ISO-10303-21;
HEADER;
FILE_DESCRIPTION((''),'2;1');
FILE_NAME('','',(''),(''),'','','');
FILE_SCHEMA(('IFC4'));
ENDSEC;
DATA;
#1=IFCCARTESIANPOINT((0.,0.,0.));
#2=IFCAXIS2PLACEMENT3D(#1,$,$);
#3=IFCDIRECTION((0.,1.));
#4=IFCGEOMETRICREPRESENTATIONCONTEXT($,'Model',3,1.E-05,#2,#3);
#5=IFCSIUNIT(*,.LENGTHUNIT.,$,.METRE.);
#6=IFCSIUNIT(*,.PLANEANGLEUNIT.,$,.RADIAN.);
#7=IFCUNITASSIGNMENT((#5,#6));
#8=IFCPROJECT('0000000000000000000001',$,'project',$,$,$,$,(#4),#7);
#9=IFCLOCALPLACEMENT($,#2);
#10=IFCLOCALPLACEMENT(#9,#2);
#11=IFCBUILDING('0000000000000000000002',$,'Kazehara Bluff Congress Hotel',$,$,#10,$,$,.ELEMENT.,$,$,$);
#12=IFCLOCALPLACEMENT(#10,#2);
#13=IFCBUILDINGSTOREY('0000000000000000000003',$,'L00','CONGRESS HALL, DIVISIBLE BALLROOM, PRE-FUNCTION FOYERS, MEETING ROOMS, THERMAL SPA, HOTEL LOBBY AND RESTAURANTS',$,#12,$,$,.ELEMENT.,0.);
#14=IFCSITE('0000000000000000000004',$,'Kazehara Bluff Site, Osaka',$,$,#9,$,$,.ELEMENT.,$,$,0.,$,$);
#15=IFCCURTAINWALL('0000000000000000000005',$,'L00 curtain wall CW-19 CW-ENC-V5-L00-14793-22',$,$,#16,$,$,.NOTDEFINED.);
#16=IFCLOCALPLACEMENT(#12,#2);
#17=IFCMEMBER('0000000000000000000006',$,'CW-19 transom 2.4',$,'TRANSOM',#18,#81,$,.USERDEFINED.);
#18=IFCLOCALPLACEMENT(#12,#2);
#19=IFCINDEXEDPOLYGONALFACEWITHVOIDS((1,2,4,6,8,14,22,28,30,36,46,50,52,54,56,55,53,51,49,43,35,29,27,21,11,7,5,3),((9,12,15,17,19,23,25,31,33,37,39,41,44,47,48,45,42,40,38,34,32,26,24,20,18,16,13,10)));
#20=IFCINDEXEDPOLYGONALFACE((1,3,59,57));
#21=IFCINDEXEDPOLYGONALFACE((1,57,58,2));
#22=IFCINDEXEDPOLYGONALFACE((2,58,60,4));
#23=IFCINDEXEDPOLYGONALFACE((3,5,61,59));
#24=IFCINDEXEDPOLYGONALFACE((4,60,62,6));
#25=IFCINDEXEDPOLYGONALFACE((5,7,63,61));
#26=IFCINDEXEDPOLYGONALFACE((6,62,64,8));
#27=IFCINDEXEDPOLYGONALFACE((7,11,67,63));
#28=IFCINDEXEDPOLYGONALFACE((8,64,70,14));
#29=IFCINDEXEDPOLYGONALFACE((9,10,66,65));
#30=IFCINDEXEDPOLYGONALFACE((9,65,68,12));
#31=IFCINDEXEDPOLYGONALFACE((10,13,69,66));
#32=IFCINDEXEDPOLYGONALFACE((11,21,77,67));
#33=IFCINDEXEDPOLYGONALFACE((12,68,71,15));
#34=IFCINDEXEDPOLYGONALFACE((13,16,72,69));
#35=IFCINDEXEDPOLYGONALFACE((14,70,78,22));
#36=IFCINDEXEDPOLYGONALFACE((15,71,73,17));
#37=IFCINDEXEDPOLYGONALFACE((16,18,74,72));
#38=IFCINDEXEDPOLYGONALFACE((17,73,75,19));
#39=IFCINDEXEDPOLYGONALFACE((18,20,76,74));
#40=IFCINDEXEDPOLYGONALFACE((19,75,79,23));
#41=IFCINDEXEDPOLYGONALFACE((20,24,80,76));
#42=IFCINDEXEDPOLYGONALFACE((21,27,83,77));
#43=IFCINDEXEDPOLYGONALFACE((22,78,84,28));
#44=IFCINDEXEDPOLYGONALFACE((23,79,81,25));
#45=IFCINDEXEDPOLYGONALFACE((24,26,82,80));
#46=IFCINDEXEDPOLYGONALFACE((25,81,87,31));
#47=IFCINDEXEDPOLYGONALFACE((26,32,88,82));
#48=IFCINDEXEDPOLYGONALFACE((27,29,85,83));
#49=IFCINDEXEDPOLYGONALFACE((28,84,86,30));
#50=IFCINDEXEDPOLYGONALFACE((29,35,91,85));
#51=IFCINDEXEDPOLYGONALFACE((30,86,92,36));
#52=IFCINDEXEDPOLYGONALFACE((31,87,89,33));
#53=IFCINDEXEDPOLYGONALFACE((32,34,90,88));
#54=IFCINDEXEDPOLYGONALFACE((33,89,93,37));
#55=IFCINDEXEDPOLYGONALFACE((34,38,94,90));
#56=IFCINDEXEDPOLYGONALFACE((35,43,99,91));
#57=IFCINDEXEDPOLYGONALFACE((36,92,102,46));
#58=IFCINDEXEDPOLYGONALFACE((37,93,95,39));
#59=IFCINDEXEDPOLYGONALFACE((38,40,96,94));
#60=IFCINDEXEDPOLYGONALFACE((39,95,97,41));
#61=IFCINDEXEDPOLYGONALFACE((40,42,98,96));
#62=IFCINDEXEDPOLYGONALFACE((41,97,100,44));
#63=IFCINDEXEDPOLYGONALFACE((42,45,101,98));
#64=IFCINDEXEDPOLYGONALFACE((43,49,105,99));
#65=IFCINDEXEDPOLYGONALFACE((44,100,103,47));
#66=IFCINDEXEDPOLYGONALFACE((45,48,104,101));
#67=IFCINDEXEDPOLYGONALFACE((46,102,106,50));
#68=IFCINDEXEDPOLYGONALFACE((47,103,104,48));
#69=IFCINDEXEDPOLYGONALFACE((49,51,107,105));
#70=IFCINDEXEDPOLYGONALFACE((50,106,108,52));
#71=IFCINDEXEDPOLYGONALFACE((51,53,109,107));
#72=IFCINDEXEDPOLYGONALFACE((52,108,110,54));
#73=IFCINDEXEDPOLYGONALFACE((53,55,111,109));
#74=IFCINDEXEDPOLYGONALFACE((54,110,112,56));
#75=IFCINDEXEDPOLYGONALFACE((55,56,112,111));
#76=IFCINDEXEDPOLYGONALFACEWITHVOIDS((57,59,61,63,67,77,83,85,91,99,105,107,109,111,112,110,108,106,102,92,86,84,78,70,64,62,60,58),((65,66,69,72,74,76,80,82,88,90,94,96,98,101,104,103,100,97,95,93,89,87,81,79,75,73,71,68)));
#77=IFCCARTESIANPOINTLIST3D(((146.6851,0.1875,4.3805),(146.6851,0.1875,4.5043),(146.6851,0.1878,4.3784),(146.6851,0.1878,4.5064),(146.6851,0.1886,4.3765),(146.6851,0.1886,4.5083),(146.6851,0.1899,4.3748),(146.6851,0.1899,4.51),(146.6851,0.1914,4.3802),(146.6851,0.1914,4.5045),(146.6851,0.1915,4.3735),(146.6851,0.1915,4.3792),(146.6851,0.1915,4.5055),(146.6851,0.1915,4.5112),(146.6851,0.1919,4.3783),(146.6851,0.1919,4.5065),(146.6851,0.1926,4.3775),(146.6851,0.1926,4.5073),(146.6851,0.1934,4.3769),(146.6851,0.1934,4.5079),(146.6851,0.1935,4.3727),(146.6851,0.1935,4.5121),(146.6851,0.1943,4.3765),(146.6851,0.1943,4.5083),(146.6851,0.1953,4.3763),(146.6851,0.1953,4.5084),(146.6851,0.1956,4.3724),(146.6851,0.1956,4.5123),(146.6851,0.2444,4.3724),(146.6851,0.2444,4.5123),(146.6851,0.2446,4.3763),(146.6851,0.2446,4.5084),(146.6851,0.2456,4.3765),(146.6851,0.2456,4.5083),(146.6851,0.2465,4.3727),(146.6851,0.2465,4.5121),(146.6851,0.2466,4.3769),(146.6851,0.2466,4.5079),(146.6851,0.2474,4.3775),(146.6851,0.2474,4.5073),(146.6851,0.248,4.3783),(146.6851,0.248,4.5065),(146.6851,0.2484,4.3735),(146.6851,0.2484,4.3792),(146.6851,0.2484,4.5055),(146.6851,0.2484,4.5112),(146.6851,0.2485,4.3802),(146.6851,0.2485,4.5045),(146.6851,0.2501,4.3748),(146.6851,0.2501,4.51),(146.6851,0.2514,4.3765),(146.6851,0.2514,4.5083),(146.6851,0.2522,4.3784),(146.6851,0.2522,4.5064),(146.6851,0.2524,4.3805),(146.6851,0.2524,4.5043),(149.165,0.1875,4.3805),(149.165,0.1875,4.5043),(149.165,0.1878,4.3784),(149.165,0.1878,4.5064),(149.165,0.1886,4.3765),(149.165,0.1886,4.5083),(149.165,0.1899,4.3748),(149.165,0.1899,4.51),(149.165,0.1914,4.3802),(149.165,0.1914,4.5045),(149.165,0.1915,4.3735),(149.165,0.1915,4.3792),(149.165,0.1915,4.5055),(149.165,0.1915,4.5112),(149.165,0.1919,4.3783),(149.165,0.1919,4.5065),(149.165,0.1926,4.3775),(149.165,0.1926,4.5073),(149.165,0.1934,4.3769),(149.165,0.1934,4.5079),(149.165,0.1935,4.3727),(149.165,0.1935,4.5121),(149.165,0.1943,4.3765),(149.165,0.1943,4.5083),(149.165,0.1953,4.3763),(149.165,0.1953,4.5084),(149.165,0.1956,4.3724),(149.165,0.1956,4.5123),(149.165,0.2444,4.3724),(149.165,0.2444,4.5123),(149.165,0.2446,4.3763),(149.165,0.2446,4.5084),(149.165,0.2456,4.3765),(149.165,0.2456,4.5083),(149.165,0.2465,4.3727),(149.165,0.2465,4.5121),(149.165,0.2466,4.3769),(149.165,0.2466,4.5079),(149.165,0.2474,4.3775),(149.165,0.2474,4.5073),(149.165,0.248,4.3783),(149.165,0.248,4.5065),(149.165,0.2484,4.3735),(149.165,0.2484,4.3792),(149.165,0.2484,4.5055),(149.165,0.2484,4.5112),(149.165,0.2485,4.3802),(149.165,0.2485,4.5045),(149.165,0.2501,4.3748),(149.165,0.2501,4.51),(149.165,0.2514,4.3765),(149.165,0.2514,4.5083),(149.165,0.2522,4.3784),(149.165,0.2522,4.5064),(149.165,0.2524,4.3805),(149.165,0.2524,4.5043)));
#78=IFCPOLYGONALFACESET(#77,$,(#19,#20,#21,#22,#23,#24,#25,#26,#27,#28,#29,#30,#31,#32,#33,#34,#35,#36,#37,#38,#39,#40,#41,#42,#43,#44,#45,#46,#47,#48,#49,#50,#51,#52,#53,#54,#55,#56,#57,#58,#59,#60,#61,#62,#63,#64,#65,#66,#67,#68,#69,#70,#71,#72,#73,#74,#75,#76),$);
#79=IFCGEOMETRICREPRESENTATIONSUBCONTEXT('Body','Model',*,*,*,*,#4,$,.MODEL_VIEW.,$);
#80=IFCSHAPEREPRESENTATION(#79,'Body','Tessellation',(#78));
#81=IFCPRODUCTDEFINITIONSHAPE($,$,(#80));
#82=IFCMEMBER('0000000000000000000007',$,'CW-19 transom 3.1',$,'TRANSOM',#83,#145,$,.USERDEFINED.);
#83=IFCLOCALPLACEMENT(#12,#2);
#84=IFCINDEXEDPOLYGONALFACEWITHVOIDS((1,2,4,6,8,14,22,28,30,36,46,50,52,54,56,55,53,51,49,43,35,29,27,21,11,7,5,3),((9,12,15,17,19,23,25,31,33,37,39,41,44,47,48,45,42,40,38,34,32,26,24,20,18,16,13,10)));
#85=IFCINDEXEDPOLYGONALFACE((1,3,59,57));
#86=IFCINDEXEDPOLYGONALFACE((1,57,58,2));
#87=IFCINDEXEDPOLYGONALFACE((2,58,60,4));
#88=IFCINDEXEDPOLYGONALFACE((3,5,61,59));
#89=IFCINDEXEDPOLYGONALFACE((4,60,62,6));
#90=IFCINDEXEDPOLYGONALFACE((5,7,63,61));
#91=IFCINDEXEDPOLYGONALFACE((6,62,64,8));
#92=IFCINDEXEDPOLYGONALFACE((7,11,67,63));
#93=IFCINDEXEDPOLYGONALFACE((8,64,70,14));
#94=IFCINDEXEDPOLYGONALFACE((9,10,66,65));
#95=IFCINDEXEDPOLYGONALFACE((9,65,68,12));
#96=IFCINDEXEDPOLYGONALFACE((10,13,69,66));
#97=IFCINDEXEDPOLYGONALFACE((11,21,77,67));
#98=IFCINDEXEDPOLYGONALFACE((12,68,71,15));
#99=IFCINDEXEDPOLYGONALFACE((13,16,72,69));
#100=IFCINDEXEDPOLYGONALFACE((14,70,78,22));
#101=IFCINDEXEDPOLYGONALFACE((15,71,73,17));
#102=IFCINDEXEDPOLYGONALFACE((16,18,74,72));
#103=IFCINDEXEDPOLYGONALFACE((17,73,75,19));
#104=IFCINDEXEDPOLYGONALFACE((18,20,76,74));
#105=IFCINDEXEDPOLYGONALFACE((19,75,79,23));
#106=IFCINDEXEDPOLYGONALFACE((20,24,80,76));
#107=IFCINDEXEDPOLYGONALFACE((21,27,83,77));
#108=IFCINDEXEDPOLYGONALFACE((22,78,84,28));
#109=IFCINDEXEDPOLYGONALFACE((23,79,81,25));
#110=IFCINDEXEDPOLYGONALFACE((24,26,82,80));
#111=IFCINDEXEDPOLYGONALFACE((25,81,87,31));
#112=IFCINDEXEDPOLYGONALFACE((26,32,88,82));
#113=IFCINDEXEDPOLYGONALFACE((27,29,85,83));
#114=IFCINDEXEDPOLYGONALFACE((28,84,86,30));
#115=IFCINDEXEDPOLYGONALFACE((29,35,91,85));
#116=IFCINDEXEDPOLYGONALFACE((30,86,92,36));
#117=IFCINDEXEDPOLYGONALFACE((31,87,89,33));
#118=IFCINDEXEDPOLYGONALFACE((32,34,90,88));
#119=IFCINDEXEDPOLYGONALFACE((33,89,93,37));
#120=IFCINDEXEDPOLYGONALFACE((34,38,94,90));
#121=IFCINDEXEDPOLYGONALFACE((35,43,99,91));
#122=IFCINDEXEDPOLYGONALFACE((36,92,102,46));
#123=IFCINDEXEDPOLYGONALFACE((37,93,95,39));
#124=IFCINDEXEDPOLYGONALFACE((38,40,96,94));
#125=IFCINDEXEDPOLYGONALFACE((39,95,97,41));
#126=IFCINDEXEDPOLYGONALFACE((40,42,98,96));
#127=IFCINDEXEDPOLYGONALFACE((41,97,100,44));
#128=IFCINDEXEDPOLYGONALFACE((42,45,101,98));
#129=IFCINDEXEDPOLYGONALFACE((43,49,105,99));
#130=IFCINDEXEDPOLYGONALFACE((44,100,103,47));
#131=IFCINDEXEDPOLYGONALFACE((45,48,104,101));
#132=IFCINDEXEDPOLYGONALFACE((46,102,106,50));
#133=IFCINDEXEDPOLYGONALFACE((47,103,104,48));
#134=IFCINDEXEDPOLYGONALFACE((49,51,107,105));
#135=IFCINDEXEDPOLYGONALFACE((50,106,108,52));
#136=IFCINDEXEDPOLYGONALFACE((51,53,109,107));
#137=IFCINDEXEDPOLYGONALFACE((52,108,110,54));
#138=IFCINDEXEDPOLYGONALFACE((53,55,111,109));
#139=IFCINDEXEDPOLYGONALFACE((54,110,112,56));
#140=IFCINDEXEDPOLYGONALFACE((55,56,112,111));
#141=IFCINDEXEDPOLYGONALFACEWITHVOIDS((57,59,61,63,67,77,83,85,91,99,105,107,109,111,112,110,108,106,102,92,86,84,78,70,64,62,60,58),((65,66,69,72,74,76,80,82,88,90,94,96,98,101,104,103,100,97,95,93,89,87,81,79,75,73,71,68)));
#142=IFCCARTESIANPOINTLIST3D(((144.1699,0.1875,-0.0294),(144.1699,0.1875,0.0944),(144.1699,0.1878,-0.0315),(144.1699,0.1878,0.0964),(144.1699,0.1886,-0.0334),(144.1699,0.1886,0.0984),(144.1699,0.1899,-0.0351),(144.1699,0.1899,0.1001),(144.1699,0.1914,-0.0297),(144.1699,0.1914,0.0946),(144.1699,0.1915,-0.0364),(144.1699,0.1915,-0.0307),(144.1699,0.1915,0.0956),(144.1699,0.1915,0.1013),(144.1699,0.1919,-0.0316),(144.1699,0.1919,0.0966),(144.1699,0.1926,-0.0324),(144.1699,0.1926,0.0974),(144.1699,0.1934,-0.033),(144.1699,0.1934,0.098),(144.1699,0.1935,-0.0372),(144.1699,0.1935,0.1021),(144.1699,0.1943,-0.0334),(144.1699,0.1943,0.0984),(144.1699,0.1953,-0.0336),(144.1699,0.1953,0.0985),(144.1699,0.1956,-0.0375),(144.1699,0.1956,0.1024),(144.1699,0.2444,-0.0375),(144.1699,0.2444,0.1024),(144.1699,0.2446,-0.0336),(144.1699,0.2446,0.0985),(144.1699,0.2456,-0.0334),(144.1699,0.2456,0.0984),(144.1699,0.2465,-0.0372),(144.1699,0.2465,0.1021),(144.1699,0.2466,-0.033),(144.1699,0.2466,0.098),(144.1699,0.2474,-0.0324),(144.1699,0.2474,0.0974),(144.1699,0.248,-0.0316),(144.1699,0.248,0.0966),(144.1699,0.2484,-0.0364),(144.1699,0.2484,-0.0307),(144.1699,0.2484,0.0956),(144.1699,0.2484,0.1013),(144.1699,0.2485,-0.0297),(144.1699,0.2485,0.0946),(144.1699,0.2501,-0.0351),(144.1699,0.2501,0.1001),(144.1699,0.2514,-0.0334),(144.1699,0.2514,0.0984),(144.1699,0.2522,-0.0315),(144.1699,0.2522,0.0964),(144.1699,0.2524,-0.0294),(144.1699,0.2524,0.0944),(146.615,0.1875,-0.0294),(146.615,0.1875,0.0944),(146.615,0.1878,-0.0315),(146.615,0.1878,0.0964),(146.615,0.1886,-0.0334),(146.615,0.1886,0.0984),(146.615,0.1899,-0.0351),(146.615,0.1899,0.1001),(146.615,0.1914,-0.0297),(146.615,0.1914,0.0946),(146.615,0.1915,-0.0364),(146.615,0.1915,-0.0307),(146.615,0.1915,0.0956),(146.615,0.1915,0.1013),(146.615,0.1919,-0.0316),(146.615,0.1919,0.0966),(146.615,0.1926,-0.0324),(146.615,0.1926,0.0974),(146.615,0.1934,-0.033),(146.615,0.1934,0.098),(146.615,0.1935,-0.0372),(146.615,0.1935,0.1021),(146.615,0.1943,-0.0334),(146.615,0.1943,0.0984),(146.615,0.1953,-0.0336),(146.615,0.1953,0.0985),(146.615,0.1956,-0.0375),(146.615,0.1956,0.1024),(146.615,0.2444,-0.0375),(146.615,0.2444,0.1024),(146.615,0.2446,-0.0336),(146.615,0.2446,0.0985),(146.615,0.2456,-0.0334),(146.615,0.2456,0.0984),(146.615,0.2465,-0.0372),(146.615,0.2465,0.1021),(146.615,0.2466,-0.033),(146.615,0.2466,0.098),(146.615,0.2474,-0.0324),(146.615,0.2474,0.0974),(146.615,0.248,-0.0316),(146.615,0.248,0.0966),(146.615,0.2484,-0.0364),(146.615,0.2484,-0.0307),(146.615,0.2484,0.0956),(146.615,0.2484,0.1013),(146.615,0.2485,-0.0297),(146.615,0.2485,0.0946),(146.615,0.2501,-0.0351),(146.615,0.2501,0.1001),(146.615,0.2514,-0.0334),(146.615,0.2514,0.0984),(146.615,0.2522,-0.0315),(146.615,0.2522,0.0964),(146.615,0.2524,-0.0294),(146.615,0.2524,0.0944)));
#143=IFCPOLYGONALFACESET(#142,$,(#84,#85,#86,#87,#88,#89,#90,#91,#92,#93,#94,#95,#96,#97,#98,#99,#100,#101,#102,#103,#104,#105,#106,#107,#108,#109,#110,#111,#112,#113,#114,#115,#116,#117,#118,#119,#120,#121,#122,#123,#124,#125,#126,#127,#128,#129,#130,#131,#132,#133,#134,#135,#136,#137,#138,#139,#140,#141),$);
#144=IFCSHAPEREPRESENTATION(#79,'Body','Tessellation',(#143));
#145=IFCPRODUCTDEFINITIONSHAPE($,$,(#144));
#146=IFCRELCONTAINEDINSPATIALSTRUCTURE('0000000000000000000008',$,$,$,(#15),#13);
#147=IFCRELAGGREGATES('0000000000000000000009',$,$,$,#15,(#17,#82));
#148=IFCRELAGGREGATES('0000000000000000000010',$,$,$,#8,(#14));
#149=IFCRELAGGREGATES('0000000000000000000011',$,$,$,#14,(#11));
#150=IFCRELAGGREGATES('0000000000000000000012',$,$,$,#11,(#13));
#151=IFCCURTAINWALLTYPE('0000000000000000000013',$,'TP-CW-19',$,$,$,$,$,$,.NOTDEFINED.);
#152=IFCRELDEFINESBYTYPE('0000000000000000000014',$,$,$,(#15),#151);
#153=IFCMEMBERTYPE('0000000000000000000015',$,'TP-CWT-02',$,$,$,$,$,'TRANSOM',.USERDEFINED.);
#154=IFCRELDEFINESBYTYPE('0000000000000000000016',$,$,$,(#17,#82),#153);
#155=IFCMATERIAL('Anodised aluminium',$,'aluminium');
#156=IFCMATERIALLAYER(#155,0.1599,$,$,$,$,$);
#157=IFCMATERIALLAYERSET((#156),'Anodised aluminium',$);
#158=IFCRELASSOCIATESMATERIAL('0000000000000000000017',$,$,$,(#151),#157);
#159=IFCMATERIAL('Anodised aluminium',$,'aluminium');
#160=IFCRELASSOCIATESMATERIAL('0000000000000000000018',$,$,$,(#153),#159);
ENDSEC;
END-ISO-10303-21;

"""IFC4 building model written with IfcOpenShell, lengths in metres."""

from ifc_helpers import new_model, si_unit, direction, frame, origin, origin_2d, place, context, subcontext, project, spatial, hollow_rectangle, extrude, material, layer, layer_set, material_profile, profile_set, type_object, element, aggregate, save


model = new_model("IFC4")

# Units and contexts
model_context = context("Model", 3, precision=1e-05, world=origin(), true_north=direction((0.0, 1.0)))
body_context = subcontext(model_context, "Body", "Model", "MODEL_VIEW")
ifc_project = project(units=[si_unit("LENGTHUNIT", "METRE"), si_unit("PLANEANGLEUNIT", "RADIAN")], contexts=[model_context])

# Site, building, storey
site_placement = place(None, origin())
site = spatial("IfcSite", under=ifc_project, at=site_placement, Name="Kazehara Bluff Site, Osaka", CompositionType="ELEMENT", RefElevation=0.0)
building_placement = place(site_placement, origin())
building = spatial("IfcBuilding", under=site, at=building_placement, Name="Kazehara Bluff Congress Hotel", CompositionType="ELEMENT")
storey_placement = place(building_placement, origin())
storey = spatial("IfcBuildingStorey", under=building, at=storey_placement, Name="L00", Description="CONGRESS HALL, DIVISIBLE BALLROOM, PRE-FUNCTION FOYERS, MEETING ROOMS, THERMAL SPA, HOTEL LOBBY AND RESTAURANTS", CompositionType="ELEMENT", Elevation=0.0)

# Curtain wall, members
ifc_material_1 = material(Name="Anodised aluminium", Category="aluminium")
ifc_layer_1 = layer(ifc_material_1, 0.1599)
ifc_layer_set_1 = layer_set([ifc_layer_1], Name="Anodised aluminium")
curtain_wall_type = type_object("IfcCurtainWallType", Name="TP-CW-19", PredefinedType="NOTDEFINED", material=ifc_layer_set_1)
curtain_wall_placement = place(storey_placement, origin())
curtain_wall = element("IfcCurtainWall", 1, at=curtain_wall_placement, inside=storey, type_object=curtain_wall_type, Name="L00 curtain wall CW-19 CW-ENC-V5-L00-14793-22", PredefinedType="NOTDEFINED")
ifc_material_2 = material(Name="Anodised aluminium", Category="aluminium")
ifc_material_profile_1 = material_profile(ifc_material_2, hollow_rectangle(XDim=0.0649, YDim=0.1399, WallThickness=0.0039, InnerFilletRadius=0.0039, OuterFilletRadius=0.0081, at=origin_2d()))
ifc_profile_set_1 = profile_set([ifc_material_profile_1], Name="Anodised aluminium")
member_type_1 = type_object("IfcMemberType", Name="TP-CWT-02", ElementType="TRANSOM", PredefinedType="USERDEFINED", material=ifc_profile_set_1)
member_1_placement = place(storey_placement, frame((149.165, 0.22, 4.4424), z_axis=(-1.0, 0.0, 0.0), x_axis=(0.0, -1.0, 0.0)))
member_1 = element("IfcMember", 2, at=member_1_placement, type_object=member_type_1, Name="CW-19 transom 2.4", ObjectType="TRANSOM", PredefinedType="USERDEFINED", context=body_context, shape_type="SweptSolid", body=[
    extrude(hollow_rectangle(XDim=0.0649, YDim=0.1399, WallThickness=0.0039, InnerFilletRadius=0.0039, OuterFilletRadius=0.0081, at=origin_2d()), origin(), (0.0, 0.0, 1.0), 2.48),
])
member_2_placement = place(storey_placement, frame((146.615, 0.22, 0.0325), z_axis=(-1.0, 0.0, 0.0), x_axis=(0.0, -1.0, 0.0)))
member_2 = element("IfcMember", 3, at=member_2_placement, type_object=member_type_1, Name="CW-19 transom 3.1", ObjectType="TRANSOM", PredefinedType="USERDEFINED", context=body_context, shape_type="SweptSolid", body=[
    extrude(hollow_rectangle(XDim=0.0649, YDim=0.1399, WallThickness=0.0039, InnerFilletRadius=0.0039, OuterFilletRadius=0.0081, at=origin_2d()), origin(), (0.0, 0.0, 1.0), 2.4451),
])

aggregate(curtain_wall, [member_1, member_2])

save(model, "model.ifc")
